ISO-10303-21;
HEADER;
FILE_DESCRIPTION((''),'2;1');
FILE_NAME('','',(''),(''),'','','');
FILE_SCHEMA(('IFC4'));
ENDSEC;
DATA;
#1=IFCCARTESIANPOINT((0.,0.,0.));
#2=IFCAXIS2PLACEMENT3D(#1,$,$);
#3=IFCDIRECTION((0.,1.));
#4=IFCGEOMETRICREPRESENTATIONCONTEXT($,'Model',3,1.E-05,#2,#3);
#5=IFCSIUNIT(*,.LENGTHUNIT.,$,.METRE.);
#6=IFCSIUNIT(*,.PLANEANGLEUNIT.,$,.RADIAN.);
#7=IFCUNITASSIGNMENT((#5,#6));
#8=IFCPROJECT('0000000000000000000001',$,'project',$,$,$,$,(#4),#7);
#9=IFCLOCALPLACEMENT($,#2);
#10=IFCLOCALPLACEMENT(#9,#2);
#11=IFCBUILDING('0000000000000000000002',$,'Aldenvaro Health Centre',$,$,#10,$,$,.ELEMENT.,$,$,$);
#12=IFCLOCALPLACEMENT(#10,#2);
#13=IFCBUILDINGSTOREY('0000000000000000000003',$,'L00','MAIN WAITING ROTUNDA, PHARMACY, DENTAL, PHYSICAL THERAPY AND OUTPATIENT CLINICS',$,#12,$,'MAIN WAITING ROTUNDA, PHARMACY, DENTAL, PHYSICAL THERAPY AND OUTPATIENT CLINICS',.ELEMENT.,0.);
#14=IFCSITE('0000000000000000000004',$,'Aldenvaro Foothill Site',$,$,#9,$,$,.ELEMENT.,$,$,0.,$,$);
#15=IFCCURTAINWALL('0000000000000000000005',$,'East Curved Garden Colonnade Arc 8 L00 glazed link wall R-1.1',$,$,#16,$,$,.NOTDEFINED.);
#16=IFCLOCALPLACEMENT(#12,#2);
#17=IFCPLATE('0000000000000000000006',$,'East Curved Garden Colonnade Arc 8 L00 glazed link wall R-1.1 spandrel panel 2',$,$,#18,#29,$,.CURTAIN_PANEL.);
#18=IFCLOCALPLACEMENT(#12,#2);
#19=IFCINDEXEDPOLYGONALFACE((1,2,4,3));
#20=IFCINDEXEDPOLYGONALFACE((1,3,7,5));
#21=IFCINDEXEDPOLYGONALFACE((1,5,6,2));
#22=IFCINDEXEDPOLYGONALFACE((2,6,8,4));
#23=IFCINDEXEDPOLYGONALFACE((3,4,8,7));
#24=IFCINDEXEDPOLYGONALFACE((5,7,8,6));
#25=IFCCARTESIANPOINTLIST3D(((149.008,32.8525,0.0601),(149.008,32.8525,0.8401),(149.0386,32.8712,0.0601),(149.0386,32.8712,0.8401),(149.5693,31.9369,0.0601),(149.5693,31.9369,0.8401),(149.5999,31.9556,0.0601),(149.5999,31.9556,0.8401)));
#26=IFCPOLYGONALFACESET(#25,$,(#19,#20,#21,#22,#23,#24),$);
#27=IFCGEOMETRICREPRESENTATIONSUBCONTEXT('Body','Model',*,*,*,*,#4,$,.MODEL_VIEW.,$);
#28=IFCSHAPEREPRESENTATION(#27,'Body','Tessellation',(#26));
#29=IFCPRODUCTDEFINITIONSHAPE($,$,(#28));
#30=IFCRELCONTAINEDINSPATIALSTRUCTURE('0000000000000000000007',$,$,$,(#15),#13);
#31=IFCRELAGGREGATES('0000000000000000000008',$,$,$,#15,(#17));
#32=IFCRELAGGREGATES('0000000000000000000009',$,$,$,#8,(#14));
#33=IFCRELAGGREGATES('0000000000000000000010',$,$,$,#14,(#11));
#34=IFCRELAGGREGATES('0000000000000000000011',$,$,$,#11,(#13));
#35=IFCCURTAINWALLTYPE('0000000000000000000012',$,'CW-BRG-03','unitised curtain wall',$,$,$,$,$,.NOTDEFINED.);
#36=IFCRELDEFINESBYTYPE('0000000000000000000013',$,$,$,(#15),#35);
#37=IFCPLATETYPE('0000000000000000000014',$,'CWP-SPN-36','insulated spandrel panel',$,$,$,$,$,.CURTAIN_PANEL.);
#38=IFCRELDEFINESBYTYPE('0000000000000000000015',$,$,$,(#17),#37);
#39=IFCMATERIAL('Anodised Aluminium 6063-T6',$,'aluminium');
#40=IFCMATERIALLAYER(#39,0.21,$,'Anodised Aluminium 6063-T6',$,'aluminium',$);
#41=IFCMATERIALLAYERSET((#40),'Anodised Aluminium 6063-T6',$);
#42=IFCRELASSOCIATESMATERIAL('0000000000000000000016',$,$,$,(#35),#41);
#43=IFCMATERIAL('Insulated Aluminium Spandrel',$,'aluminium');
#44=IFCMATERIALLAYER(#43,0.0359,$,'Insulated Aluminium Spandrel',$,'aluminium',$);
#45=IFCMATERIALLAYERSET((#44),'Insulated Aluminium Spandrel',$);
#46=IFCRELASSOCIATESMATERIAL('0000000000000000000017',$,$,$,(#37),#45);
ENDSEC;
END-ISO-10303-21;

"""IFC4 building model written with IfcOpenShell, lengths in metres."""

from ifc_helpers import new_model, si_unit, direction, frame, origin, origin_2d, place, context, subcontext, project, spatial, rectangle, extrude, material, layer, layer_set, type_object, element, aggregate, save


model = new_model("IFC4")

# Units and contexts
model_context = context("Model", 3, precision=1e-05, world=origin(), true_north=direction((0.0, 1.0)))
body_context = subcontext(model_context, "Body", "Model", "MODEL_VIEW")
ifc_project = project(units=[si_unit("LENGTHUNIT", "METRE"), si_unit("PLANEANGLEUNIT", "RADIAN")], contexts=[model_context])

# Site, building, storey
site_placement = place(None, origin())
site = spatial("IfcSite", under=ifc_project, at=site_placement, Name="Aldenvaro Foothill Site", CompositionType="ELEMENT", RefElevation=0.0)
building_placement = place(site_placement, origin())
building = spatial("IfcBuilding", under=site, at=building_placement, Name="Aldenvaro Health Centre", CompositionType="ELEMENT")
storey_placement = place(building_placement, origin())
storey = spatial("IfcBuildingStorey", under=building, at=storey_placement, Name="L00", Description="MAIN WAITING ROTUNDA, PHARMACY, DENTAL, PHYSICAL THERAPY AND OUTPATIENT CLINICS", LongName="MAIN WAITING ROTUNDA, PHARMACY, DENTAL, PHYSICAL THERAPY AND OUTPATIENT CLINICS", CompositionType="ELEMENT", Elevation=0.0)

# Shared definitions
ifc_material_1 = material(Name="Anodised Aluminium 6063-T6", Category="aluminium")
ifc_layer_1 = layer(ifc_material_1, 0.21, Name="Anodised Aluminium 6063-T6", Category="aluminium")
ifc_layer_set_1 = layer_set([ifc_layer_1], Name="Anodised Aluminium 6063-T6")
curtain_wall_type = type_object("IfcCurtainWallType", Name="CW-BRG-03", Description="unitised curtain wall", PredefinedType="NOTDEFINED", material=ifc_layer_set_1)

# Curtain wall
curtain_wall_1_placement = place(storey_placement, origin())
curtain_wall_1 = element("IfcCurtainWall", 1, at=curtain_wall_1_placement, inside=storey, type_object=curtain_wall_type, Name="East Curved Garden Colonnade Arc 8 L00 glazed link wall R-1.1", PredefinedType="NOTDEFINED")

# Plate
ifc_material_2 = material(Name="Insulated Aluminium Spandrel", Category="aluminium")
ifc_layer_2 = layer(ifc_material_2, 0.0359, Name="Insulated Aluminium Spandrel", Category="aluminium")
ifc_layer_set_2 = layer_set([ifc_layer_2], Name="Insulated Aluminium Spandrel")
plate_type_1 = type_object("IfcPlateType", Name="CWP-SPN-36", Description="insulated spandrel panel", PredefinedType="CURTAIN_PANEL", material=ifc_layer_set_2)
plate_1_placement = place(storey_placement, frame((149.304, 32.4041, 0.0601), z_axis=(0.0, 0.0, 1.0), x_axis=(0.52267, -0.852535, 0.0)))
plate_1 = element("IfcPlate", 2, at=plate_1_placement, type_object=plate_type_1, Name="East Curved Garden Colonnade Arc 8 L00 glazed link wall R-1.1 spandrel panel 2", PredefinedType="CURTAIN_PANEL", context=body_context, shape_type="SweptSolid", body=[
    extrude(rectangle(XDim=1.074, YDim=0.0359, at=origin_2d()), origin(), (0.0, 0.0, 1.0), 0.78),
])
aggregate(curtain_wall_1, [plate_1])

save(model, "model.ifc")
